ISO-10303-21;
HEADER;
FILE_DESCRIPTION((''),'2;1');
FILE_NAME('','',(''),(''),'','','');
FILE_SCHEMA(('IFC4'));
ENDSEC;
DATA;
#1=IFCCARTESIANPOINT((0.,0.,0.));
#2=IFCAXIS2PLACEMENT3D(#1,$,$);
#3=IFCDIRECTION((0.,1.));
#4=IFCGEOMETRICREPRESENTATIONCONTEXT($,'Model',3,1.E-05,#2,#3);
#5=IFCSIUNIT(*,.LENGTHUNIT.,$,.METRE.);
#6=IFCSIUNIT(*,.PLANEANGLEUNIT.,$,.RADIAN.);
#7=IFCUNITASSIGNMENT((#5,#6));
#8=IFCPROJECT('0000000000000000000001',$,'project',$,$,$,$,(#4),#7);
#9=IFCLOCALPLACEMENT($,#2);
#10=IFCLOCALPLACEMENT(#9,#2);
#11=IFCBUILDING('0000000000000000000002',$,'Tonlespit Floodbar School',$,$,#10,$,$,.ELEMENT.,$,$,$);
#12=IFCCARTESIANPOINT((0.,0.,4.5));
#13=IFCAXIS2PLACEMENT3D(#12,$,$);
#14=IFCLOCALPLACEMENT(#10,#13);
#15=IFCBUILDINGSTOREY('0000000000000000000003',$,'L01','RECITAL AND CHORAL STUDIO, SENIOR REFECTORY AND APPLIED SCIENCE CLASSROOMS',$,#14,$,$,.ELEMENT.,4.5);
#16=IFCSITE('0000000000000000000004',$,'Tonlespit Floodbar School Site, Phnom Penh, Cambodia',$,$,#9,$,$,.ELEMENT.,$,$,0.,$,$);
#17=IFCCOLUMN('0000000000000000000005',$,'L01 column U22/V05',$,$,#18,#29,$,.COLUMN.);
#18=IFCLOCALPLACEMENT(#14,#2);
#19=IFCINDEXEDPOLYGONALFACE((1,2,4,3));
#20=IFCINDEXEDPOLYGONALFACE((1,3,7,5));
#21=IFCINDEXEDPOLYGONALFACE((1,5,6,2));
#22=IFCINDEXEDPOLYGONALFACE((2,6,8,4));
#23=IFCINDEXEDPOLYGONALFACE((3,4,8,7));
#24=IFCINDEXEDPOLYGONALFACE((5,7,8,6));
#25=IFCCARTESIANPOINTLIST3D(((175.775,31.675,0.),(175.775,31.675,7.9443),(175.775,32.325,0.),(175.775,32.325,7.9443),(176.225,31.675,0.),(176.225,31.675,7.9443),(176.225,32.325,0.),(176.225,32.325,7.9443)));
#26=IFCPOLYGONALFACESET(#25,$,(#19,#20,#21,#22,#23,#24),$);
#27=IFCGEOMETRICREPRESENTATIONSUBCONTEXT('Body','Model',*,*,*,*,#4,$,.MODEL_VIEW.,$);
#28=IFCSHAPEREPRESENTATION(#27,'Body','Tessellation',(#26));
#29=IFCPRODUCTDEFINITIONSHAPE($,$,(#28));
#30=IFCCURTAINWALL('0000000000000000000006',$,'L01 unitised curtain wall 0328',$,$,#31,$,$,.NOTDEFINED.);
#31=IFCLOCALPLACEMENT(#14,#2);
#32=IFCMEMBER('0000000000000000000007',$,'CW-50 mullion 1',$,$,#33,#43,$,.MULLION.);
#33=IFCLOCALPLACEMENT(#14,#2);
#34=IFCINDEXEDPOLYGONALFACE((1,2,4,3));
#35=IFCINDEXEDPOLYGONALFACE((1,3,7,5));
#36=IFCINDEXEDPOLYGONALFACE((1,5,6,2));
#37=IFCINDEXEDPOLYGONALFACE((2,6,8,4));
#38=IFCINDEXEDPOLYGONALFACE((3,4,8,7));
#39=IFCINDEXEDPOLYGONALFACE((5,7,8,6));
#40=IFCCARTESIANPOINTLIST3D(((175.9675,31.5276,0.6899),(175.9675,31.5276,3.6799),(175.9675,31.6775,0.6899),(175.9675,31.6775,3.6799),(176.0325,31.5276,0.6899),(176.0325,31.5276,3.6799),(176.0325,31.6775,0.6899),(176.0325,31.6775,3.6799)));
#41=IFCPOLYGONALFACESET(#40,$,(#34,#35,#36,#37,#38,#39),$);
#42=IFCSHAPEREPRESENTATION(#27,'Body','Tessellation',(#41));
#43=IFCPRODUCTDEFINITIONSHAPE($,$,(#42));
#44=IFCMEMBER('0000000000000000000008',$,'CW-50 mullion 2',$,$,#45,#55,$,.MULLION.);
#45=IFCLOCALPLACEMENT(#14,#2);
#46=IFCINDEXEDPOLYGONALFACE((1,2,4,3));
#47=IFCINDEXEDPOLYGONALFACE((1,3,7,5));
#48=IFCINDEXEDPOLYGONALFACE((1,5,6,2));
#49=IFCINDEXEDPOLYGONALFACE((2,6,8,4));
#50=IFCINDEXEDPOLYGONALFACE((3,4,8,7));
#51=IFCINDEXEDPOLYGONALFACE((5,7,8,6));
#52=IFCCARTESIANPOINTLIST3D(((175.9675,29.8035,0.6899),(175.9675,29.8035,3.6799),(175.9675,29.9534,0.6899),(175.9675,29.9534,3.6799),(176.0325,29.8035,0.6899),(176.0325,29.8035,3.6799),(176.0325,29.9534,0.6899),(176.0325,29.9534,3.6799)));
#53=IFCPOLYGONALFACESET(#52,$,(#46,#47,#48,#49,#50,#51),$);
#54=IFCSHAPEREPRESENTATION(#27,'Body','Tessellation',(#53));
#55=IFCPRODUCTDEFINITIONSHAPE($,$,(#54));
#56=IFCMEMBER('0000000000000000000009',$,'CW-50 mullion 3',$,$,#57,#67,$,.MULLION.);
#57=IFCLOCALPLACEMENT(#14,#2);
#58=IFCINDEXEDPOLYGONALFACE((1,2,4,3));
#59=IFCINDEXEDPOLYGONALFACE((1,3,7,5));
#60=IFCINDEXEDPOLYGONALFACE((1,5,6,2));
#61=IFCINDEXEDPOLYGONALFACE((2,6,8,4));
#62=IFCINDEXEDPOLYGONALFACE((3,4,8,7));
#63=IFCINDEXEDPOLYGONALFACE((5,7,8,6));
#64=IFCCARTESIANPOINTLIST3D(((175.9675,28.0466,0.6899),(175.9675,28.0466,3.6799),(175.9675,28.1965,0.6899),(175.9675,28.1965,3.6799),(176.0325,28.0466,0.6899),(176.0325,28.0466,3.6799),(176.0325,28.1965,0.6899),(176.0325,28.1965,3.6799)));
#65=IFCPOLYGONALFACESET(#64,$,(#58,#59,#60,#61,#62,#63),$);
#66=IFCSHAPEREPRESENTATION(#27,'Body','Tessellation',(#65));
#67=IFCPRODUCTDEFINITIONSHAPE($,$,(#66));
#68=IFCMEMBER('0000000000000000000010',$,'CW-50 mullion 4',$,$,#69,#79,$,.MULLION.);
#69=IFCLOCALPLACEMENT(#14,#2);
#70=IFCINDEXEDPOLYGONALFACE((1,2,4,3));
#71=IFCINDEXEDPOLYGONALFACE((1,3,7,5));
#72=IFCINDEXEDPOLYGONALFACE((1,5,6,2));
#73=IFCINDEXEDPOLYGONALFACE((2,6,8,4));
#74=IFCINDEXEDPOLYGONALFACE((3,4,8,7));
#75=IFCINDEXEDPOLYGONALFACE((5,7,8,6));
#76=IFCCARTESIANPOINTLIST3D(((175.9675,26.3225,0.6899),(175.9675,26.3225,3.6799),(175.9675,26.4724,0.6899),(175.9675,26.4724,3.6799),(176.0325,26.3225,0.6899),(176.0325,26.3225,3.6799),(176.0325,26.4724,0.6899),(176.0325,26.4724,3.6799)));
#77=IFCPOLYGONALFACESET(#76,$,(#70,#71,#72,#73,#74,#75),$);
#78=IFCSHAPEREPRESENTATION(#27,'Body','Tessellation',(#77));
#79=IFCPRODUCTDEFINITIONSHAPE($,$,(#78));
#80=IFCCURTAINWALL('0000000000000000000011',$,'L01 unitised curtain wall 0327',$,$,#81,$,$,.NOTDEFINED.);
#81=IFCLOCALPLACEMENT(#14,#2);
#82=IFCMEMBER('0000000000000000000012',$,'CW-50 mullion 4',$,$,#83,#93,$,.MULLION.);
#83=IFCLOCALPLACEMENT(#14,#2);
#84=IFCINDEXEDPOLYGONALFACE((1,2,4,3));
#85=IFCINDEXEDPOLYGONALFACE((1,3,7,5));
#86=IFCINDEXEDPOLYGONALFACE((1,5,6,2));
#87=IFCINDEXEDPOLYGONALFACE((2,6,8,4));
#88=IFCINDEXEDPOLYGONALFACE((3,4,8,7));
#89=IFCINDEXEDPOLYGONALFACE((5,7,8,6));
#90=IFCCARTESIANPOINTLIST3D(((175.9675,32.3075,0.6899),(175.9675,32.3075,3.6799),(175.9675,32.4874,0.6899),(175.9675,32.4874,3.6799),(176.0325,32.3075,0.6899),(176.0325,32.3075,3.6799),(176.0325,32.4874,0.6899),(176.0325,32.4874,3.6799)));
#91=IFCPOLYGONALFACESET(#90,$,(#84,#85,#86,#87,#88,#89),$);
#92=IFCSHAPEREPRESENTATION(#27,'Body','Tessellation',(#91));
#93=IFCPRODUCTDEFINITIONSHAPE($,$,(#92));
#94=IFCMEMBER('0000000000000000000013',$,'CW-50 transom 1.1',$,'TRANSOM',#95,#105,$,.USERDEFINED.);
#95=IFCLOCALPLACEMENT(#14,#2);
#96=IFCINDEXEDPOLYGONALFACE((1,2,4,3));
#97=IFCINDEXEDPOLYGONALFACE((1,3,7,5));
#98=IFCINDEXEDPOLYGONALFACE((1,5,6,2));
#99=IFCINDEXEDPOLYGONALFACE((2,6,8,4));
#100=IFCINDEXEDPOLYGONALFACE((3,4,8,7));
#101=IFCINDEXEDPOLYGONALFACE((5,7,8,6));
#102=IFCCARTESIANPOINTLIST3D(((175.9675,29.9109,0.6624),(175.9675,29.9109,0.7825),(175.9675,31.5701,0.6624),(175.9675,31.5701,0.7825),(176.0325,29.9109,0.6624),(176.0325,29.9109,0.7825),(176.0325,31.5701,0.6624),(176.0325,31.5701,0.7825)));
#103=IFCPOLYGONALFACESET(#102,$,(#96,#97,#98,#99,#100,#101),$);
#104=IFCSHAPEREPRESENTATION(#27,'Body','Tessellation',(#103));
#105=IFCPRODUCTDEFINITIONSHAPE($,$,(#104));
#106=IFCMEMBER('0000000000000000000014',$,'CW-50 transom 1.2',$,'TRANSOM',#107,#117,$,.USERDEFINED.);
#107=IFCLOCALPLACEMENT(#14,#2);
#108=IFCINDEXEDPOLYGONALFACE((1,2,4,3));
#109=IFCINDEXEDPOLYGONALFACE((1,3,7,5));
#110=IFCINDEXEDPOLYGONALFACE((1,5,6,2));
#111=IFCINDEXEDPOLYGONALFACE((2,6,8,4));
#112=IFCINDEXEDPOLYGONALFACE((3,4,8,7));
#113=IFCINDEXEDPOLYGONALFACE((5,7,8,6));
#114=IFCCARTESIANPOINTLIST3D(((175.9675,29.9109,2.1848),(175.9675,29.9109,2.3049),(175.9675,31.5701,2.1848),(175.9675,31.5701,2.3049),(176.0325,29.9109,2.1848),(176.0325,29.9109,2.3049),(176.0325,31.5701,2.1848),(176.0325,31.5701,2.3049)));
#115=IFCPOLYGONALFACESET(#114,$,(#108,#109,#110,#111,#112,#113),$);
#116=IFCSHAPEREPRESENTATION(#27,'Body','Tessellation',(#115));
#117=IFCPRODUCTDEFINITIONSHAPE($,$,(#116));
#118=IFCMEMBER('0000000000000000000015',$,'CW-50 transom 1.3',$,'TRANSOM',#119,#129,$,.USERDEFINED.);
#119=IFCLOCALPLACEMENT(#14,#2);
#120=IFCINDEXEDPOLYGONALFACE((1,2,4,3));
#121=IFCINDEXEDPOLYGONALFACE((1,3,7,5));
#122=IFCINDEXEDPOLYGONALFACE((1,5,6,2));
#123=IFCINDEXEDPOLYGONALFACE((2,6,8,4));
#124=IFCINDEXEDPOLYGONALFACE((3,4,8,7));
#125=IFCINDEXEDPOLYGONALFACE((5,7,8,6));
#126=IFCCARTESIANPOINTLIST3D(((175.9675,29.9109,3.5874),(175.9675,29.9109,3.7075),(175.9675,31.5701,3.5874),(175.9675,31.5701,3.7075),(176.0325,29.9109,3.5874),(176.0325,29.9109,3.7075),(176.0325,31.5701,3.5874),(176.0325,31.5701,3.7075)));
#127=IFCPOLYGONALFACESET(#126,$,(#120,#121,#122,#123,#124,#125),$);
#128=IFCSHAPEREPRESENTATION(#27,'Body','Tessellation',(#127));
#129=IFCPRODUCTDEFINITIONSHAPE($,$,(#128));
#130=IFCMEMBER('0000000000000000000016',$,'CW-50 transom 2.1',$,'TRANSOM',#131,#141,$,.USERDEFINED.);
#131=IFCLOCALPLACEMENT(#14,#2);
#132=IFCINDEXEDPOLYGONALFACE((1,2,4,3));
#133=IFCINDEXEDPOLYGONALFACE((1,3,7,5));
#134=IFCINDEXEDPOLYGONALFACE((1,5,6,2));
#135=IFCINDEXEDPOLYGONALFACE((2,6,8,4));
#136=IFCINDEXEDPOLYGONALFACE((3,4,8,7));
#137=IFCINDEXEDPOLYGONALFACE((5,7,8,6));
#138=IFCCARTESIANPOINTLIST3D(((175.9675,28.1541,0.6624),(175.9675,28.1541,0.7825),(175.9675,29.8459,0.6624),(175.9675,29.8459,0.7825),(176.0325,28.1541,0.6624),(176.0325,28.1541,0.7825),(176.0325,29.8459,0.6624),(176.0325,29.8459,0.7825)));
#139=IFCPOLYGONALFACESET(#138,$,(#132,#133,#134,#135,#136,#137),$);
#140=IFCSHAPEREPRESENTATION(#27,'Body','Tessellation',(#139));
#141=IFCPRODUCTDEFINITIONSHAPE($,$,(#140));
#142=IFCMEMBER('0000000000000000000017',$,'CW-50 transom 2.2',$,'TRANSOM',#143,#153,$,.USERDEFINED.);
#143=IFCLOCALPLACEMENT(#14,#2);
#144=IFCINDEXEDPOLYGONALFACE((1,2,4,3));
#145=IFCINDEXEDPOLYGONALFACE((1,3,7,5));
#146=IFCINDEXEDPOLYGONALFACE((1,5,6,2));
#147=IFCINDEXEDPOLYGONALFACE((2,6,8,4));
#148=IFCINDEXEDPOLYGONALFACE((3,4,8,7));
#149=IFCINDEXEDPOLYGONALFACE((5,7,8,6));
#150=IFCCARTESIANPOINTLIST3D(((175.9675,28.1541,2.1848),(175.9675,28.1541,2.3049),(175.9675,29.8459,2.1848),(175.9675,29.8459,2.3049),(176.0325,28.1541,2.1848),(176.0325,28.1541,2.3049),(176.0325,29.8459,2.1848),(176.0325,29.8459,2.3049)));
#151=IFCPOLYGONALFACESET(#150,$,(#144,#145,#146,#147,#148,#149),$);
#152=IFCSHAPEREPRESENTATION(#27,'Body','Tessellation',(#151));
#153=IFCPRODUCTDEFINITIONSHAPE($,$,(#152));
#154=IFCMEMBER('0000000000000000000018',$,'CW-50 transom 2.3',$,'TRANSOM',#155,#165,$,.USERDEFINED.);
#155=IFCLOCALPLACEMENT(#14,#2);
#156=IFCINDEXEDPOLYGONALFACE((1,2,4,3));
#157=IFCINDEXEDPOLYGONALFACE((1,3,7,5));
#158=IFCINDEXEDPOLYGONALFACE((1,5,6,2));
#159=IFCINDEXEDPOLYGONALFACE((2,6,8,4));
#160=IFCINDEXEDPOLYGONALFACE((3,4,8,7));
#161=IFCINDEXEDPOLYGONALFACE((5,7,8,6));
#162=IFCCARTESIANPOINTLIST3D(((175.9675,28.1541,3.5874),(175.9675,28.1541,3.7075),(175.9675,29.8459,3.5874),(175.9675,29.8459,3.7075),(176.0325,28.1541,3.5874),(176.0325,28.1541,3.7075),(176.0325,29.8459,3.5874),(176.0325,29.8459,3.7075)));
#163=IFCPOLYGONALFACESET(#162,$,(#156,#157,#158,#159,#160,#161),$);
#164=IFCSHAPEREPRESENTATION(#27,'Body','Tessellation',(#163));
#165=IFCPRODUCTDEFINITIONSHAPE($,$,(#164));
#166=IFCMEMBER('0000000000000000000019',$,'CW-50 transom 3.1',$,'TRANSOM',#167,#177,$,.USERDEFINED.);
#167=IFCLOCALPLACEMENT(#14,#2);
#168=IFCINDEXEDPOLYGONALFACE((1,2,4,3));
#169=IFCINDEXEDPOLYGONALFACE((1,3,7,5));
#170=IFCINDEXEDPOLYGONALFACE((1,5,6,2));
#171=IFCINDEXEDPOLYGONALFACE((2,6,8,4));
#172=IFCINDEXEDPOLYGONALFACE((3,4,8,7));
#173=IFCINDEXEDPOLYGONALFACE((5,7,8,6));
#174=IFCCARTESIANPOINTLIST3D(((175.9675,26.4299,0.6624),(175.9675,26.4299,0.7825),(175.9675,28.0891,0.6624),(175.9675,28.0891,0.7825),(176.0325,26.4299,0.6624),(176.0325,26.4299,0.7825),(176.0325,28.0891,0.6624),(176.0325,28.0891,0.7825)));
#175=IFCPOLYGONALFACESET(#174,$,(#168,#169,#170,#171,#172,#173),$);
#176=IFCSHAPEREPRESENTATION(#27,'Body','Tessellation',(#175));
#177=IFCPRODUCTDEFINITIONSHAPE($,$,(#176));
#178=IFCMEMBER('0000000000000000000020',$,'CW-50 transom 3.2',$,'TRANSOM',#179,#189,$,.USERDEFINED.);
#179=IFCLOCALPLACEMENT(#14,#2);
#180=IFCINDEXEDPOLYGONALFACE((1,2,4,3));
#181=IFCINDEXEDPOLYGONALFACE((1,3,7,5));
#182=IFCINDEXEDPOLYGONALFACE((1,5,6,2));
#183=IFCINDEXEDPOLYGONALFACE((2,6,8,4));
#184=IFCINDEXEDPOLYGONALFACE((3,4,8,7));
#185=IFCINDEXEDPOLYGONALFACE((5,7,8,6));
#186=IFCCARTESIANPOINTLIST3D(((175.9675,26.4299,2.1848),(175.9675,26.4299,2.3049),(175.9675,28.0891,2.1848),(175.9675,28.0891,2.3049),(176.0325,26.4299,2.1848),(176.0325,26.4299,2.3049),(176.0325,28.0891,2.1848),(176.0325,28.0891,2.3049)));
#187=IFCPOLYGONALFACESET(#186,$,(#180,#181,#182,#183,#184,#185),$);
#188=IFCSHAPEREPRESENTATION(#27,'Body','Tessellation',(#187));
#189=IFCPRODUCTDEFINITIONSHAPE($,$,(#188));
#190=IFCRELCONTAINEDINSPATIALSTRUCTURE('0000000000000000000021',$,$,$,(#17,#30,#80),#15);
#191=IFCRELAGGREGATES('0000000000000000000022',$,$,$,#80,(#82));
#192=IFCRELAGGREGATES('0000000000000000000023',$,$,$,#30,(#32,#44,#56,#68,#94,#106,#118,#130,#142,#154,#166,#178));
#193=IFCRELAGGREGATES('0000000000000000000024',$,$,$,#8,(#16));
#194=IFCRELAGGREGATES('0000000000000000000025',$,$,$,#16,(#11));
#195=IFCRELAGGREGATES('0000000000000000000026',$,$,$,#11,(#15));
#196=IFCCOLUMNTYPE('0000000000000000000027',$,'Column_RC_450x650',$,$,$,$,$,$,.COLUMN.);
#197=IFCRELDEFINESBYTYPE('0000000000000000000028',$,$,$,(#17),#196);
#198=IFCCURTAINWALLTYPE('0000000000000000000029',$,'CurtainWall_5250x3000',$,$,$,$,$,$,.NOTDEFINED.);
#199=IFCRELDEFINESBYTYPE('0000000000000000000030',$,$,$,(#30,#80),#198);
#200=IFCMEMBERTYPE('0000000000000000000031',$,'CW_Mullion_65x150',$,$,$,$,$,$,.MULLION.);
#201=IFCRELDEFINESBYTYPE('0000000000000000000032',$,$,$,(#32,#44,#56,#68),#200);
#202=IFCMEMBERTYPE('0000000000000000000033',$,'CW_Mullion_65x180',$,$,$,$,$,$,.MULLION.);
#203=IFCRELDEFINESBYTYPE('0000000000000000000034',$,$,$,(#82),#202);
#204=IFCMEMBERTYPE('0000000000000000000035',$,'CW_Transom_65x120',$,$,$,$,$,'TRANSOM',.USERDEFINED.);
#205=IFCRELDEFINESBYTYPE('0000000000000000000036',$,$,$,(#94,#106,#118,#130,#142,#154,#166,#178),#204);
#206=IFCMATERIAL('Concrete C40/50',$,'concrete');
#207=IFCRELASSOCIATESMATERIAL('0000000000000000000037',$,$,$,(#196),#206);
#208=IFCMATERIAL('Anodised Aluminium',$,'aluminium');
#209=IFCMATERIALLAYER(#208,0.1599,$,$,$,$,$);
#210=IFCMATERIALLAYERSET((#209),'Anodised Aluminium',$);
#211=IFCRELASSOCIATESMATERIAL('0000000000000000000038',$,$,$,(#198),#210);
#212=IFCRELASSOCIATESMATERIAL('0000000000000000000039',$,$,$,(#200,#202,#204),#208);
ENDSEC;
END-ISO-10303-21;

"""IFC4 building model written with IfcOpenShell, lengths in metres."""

from ifc_helpers import new_model, si_unit, direction, frame, origin, origin_2d, place, context, subcontext, project, spatial, rectangle, extrude, material, layer, layer_set, material_profile, profile_set, type_object, element, aggregate, save


model = new_model("IFC4")

# Units and contexts
model_context = context("Model", 3, precision=1e-05, world=origin(), true_north=direction((0.0, 1.0)))
body_context = subcontext(model_context, "Body", "Model", "MODEL_VIEW")
ifc_project = project(units=[si_unit("LENGTHUNIT", "METRE"), si_unit("PLANEANGLEUNIT", "RADIAN")], contexts=[model_context])

# Site, building, storey
site_placement = place(None, origin())
site = spatial("IfcSite", under=ifc_project, at=site_placement, Name="Tonlespit Floodbar School Site, Phnom Penh, Cambodia", CompositionType="ELEMENT", RefElevation=0.0)
building_placement = place(site_placement, origin())
building = spatial("IfcBuilding", under=site, at=building_placement, Name="Tonlespit Floodbar School", CompositionType="ELEMENT")
storey_placement = place(building_placement, frame((0.0, 0.0, 4.5)))
storey = spatial("IfcBuildingStorey", under=building, at=storey_placement, Name="L01", Description="RECITAL AND CHORAL STUDIO, SENIOR REFECTORY AND APPLIED SCIENCE CLASSROOMS", CompositionType="ELEMENT", Elevation=4.5)

# Column
ifc_material_1 = material(Name="Concrete C40/50", Category="concrete")
ifc_material_profile_1 = material_profile(ifc_material_1, rectangle(XDim=0.45, YDim=0.6499, at=origin_2d()), Name="RC 450x650")
ifc_profile_set_1 = profile_set([ifc_material_profile_1], Name="Concrete C40/50")
column_type = type_object("IfcColumnType", Name="Column_RC_450x650", PredefinedType="COLUMN", material=ifc_profile_set_1)
column_placement = place(storey_placement, frame((176.0, 32.0, 0.0), z_axis=(0.0, 0.0, 1.0), x_axis=(1.0, 0.0, 0.0)))
element("IfcColumn", 1, at=column_placement, inside=storey, type_object=column_type, Name="L01 column U22/V05", PredefinedType="COLUMN", context=body_context, shape_type="SweptSolid", body=[
    extrude(rectangle(XDim=0.45, YDim=0.6499, at=origin_2d()), origin(), (0.0, 0.0, 1.0), 7.9443),
])

# Curtain wall, members
ifc_material_2 = material(Name="Anodised Aluminium", Category="aluminium")
ifc_layer_1 = layer(ifc_material_2, 0.1599)
ifc_layer_set_1 = layer_set([ifc_layer_1], Name="Anodised Aluminium")
curtain_wall_type = type_object("IfcCurtainWallType", Name="CurtainWall_5250x3000", PredefinedType="NOTDEFINED", material=ifc_layer_set_1)
curtain_wall_1_placement = place(storey_placement, origin())
curtain_wall_1 = element("IfcCurtainWall", 2, at=curtain_wall_1_placement, inside=storey, type_object=curtain_wall_type, Name="L01 unitised curtain wall 0328", PredefinedType="NOTDEFINED")
ifc_material_profile_2 = material_profile(ifc_material_2, rectangle(XDim=0.0649, YDim=0.1499, at=origin_2d()), Name="ALU M65x150")
ifc_profile_set_2 = profile_set([ifc_material_profile_2], Name="Anodised Aluminium")
member_type_1 = type_object("IfcMemberType", Name="CW_Mullion_65x150", PredefinedType="MULLION", material=ifc_profile_set_2)
member_1_placement = place(storey_placement, frame((176.0, 31.6025, 0.6899), z_axis=(0.0, 0.0, 1.0), x_axis=(1.0, 0.0, 0.0)))
member_1 = element("IfcMember", 3, at=member_1_placement, type_object=member_type_1, Name="CW-50 mullion 1", PredefinedType="MULLION", context=body_context, shape_type="SweptSolid", body=[
    extrude(rectangle(XDim=0.0649, YDim=0.1499, at=origin_2d()), origin(), (0.0, 0.0, 1.0), 2.99),
])
member_2_placement = place(storey_placement, frame((176.0, 29.8784, 0.6899), z_axis=(0.0, 0.0, 1.0), x_axis=(1.0, 0.0, 0.0)))
member_2 = element("IfcMember", 4, at=member_2_placement, type_object=member_type_1, Name="CW-50 mullion 2", PredefinedType="MULLION", context=body_context, shape_type="SweptSolid", body=[
    extrude(rectangle(XDim=0.0649, YDim=0.1499, at=origin_2d()), origin(), (0.0, 0.0, 1.0), 2.99),
])
member_3_placement = place(storey_placement, frame((176.0, 28.1216, 0.6899), z_axis=(0.0, 0.0, 1.0), x_axis=(1.0, 0.0, 0.0)))
member_3 = element("IfcMember", 5, at=member_3_placement, type_object=member_type_1, Name="CW-50 mullion 3", PredefinedType="MULLION", context=body_context, shape_type="SweptSolid", body=[
    extrude(rectangle(XDim=0.0649, YDim=0.1499, at=origin_2d()), origin(), (0.0, 0.0, 1.0), 2.99),
])
member_4_placement = place(storey_placement, frame((176.0, 26.3975, 0.6899), z_axis=(0.0, 0.0, 1.0), x_axis=(1.0, 0.0, 0.0)))
member_4 = element("IfcMember", 6, at=member_4_placement, type_object=member_type_1, Name="CW-50 mullion 4", PredefinedType="MULLION", context=body_context, shape_type="SweptSolid", body=[
    extrude(rectangle(XDim=0.0649, YDim=0.1499, at=origin_2d()), origin(), (0.0, 0.0, 1.0), 2.99),
])

# Curtain wall, member
curtain_wall_2_placement = place(storey_placement, origin())
curtain_wall_2 = element("IfcCurtainWall", 7, at=curtain_wall_2_placement, inside=storey, type_object=curtain_wall_type, Name="L01 unitised curtain wall 0327", PredefinedType="NOTDEFINED")
ifc_material_profile_3 = material_profile(ifc_material_2, rectangle(XDim=0.0649, YDim=0.1799, at=origin_2d()), Name="ALU M65x180")
ifc_profile_set_3 = profile_set([ifc_material_profile_3], Name="Anodised Aluminium")
member_type_2 = type_object("IfcMemberType", Name="CW_Mullion_65x180", PredefinedType="MULLION", material=ifc_profile_set_3)
member_5_placement = place(storey_placement, frame((176.0, 32.3975, 0.6899), z_axis=(0.0, 0.0, 1.0), x_axis=(1.0, 0.0, 0.0)))
member_5 = element("IfcMember", 8, at=member_5_placement, type_object=member_type_2, Name="CW-50 mullion 4", PredefinedType="MULLION", context=body_context, shape_type="SweptSolid", body=[
    extrude(rectangle(XDim=0.0649, YDim=0.1799, at=origin_2d()), origin(), (0.0, 0.0, 1.0), 2.99),
])

# Members
ifc_material_profile_4 = material_profile(ifc_material_2, rectangle(XDim=0.0649, YDim=0.1201, at=origin_2d()), Name="ALU T65x120")
ifc_profile_set_4 = profile_set([ifc_material_profile_4], Name="Anodised Aluminium")
member_type_3 = type_object("IfcMemberType", Name="CW_Transom_65x120", ElementType="TRANSOM", PredefinedType="USERDEFINED", material=ifc_profile_set_4)
member_6_placement = place(storey_placement, frame((176.0, 31.5701, 0.7224), z_axis=(0.0, -1.0, 0.0), x_axis=(1.0, 0.0, 0.0)))
member_6 = element("IfcMember", 9, at=member_6_placement, type_object=member_type_3, Name="CW-50 transom 1.1", ObjectType="TRANSOM", PredefinedType="USERDEFINED", context=body_context, shape_type="SweptSolid", body=[
    extrude(rectangle(XDim=0.0649, YDim=0.1201, at=origin_2d()), origin(), (0.0, 0.0, 1.0), 1.6592),
])
member_7_placement = place(storey_placement, frame((176.0, 31.5701, 2.2449), z_axis=(0.0, -1.0, 0.0), x_axis=(1.0, 0.0, 0.0)))
member_7 = element("IfcMember", 10, at=member_7_placement, type_object=member_type_3, Name="CW-50 transom 1.2", ObjectType="TRANSOM", PredefinedType="USERDEFINED", context=body_context, shape_type="SweptSolid", body=[
    extrude(rectangle(XDim=0.0649, YDim=0.1201, at=origin_2d()), origin(), (0.0, 0.0, 1.0), 1.6592),
])
member_8_placement = place(storey_placement, frame((176.0, 31.5701, 3.6475), z_axis=(0.0, -1.0, 0.0), x_axis=(1.0, 0.0, 0.0)))
member_8 = element("IfcMember", 11, at=member_8_placement, type_object=member_type_3, Name="CW-50 transom 1.3", ObjectType="TRANSOM", PredefinedType="USERDEFINED", context=body_context, shape_type="SweptSolid", body=[
    extrude(rectangle(XDim=0.0649, YDim=0.1201, at=origin_2d()), origin(), (0.0, 0.0, 1.0), 1.6592),
])
member_9_placement = place(storey_placement, frame((176.0, 29.8459, 0.7224), z_axis=(0.0, -1.0, 0.0), x_axis=(1.0, 0.0, 0.0)))
member_9 = element("IfcMember", 12, at=member_9_placement, type_object=member_type_3, Name="CW-50 transom 2.1", ObjectType="TRANSOM", PredefinedType="USERDEFINED", context=body_context, shape_type="SweptSolid", body=[
    extrude(rectangle(XDim=0.0649, YDim=0.1201, at=origin_2d()), origin(), (0.0, 0.0, 1.0), 1.6919),
])
member_10_placement = place(storey_placement, frame((176.0, 29.8459, 2.2449), z_axis=(0.0, -1.0, 0.0), x_axis=(1.0, 0.0, 0.0)))
member_10 = element("IfcMember", 13, at=member_10_placement, type_object=member_type_3, Name="CW-50 transom 2.2", ObjectType="TRANSOM", PredefinedType="USERDEFINED", context=body_context, shape_type="SweptSolid", body=[
    extrude(rectangle(XDim=0.0649, YDim=0.1201, at=origin_2d()), origin(), (0.0, 0.0, 1.0), 1.6919),
])
member_11_placement = place(storey_placement, frame((176.0, 29.8459, 3.6475), z_axis=(0.0, -1.0, 0.0), x_axis=(1.0, 0.0, 0.0)))
member_11 = element("IfcMember", 14, at=member_11_placement, type_object=member_type_3, Name="CW-50 transom 2.3", ObjectType="TRANSOM", PredefinedType="USERDEFINED", context=body_context, shape_type="SweptSolid", body=[
    extrude(rectangle(XDim=0.0649, YDim=0.1201, at=origin_2d()), origin(), (0.0, 0.0, 1.0), 1.6919),
])
member_12_placement = place(storey_placement, frame((176.0, 28.0891, 0.7224), z_axis=(0.0, -1.0, 0.0), x_axis=(1.0, 0.0, 0.0)))
member_12 = element("IfcMember", 15, at=member_12_placement, type_object=member_type_3, Name="CW-50 transom 3.1", ObjectType="TRANSOM", PredefinedType="USERDEFINED", context=body_context, shape_type="SweptSolid", body=[
    extrude(rectangle(XDim=0.0649, YDim=0.1201, at=origin_2d()), origin(), (0.0, 0.0, 1.0), 1.6592),
])
member_13_placement = place(storey_placement, frame((176.0, 28.0891, 2.2449), z_axis=(0.0, -1.0, 0.0), x_axis=(1.0, 0.0, 0.0)))
member_13 = element("IfcMember", 16, at=member_13_placement, type_object=member_type_3, Name="CW-50 transom 3.2", ObjectType="TRANSOM", PredefinedType="USERDEFINED", context=body_context, shape_type="SweptSolid", body=[
    extrude(rectangle(XDim=0.0649, YDim=0.1201, at=origin_2d()), origin(), (0.0, 0.0, 1.0), 1.6592),
])

aggregate(curtain_wall_2, [member_5])
aggregate(curtain_wall_1, [member_1, member_2, member_3, member_4, member_6, member_7, member_8, member_9, member_10, member_11, member_12, member_13])

save(model, "model.ifc")
